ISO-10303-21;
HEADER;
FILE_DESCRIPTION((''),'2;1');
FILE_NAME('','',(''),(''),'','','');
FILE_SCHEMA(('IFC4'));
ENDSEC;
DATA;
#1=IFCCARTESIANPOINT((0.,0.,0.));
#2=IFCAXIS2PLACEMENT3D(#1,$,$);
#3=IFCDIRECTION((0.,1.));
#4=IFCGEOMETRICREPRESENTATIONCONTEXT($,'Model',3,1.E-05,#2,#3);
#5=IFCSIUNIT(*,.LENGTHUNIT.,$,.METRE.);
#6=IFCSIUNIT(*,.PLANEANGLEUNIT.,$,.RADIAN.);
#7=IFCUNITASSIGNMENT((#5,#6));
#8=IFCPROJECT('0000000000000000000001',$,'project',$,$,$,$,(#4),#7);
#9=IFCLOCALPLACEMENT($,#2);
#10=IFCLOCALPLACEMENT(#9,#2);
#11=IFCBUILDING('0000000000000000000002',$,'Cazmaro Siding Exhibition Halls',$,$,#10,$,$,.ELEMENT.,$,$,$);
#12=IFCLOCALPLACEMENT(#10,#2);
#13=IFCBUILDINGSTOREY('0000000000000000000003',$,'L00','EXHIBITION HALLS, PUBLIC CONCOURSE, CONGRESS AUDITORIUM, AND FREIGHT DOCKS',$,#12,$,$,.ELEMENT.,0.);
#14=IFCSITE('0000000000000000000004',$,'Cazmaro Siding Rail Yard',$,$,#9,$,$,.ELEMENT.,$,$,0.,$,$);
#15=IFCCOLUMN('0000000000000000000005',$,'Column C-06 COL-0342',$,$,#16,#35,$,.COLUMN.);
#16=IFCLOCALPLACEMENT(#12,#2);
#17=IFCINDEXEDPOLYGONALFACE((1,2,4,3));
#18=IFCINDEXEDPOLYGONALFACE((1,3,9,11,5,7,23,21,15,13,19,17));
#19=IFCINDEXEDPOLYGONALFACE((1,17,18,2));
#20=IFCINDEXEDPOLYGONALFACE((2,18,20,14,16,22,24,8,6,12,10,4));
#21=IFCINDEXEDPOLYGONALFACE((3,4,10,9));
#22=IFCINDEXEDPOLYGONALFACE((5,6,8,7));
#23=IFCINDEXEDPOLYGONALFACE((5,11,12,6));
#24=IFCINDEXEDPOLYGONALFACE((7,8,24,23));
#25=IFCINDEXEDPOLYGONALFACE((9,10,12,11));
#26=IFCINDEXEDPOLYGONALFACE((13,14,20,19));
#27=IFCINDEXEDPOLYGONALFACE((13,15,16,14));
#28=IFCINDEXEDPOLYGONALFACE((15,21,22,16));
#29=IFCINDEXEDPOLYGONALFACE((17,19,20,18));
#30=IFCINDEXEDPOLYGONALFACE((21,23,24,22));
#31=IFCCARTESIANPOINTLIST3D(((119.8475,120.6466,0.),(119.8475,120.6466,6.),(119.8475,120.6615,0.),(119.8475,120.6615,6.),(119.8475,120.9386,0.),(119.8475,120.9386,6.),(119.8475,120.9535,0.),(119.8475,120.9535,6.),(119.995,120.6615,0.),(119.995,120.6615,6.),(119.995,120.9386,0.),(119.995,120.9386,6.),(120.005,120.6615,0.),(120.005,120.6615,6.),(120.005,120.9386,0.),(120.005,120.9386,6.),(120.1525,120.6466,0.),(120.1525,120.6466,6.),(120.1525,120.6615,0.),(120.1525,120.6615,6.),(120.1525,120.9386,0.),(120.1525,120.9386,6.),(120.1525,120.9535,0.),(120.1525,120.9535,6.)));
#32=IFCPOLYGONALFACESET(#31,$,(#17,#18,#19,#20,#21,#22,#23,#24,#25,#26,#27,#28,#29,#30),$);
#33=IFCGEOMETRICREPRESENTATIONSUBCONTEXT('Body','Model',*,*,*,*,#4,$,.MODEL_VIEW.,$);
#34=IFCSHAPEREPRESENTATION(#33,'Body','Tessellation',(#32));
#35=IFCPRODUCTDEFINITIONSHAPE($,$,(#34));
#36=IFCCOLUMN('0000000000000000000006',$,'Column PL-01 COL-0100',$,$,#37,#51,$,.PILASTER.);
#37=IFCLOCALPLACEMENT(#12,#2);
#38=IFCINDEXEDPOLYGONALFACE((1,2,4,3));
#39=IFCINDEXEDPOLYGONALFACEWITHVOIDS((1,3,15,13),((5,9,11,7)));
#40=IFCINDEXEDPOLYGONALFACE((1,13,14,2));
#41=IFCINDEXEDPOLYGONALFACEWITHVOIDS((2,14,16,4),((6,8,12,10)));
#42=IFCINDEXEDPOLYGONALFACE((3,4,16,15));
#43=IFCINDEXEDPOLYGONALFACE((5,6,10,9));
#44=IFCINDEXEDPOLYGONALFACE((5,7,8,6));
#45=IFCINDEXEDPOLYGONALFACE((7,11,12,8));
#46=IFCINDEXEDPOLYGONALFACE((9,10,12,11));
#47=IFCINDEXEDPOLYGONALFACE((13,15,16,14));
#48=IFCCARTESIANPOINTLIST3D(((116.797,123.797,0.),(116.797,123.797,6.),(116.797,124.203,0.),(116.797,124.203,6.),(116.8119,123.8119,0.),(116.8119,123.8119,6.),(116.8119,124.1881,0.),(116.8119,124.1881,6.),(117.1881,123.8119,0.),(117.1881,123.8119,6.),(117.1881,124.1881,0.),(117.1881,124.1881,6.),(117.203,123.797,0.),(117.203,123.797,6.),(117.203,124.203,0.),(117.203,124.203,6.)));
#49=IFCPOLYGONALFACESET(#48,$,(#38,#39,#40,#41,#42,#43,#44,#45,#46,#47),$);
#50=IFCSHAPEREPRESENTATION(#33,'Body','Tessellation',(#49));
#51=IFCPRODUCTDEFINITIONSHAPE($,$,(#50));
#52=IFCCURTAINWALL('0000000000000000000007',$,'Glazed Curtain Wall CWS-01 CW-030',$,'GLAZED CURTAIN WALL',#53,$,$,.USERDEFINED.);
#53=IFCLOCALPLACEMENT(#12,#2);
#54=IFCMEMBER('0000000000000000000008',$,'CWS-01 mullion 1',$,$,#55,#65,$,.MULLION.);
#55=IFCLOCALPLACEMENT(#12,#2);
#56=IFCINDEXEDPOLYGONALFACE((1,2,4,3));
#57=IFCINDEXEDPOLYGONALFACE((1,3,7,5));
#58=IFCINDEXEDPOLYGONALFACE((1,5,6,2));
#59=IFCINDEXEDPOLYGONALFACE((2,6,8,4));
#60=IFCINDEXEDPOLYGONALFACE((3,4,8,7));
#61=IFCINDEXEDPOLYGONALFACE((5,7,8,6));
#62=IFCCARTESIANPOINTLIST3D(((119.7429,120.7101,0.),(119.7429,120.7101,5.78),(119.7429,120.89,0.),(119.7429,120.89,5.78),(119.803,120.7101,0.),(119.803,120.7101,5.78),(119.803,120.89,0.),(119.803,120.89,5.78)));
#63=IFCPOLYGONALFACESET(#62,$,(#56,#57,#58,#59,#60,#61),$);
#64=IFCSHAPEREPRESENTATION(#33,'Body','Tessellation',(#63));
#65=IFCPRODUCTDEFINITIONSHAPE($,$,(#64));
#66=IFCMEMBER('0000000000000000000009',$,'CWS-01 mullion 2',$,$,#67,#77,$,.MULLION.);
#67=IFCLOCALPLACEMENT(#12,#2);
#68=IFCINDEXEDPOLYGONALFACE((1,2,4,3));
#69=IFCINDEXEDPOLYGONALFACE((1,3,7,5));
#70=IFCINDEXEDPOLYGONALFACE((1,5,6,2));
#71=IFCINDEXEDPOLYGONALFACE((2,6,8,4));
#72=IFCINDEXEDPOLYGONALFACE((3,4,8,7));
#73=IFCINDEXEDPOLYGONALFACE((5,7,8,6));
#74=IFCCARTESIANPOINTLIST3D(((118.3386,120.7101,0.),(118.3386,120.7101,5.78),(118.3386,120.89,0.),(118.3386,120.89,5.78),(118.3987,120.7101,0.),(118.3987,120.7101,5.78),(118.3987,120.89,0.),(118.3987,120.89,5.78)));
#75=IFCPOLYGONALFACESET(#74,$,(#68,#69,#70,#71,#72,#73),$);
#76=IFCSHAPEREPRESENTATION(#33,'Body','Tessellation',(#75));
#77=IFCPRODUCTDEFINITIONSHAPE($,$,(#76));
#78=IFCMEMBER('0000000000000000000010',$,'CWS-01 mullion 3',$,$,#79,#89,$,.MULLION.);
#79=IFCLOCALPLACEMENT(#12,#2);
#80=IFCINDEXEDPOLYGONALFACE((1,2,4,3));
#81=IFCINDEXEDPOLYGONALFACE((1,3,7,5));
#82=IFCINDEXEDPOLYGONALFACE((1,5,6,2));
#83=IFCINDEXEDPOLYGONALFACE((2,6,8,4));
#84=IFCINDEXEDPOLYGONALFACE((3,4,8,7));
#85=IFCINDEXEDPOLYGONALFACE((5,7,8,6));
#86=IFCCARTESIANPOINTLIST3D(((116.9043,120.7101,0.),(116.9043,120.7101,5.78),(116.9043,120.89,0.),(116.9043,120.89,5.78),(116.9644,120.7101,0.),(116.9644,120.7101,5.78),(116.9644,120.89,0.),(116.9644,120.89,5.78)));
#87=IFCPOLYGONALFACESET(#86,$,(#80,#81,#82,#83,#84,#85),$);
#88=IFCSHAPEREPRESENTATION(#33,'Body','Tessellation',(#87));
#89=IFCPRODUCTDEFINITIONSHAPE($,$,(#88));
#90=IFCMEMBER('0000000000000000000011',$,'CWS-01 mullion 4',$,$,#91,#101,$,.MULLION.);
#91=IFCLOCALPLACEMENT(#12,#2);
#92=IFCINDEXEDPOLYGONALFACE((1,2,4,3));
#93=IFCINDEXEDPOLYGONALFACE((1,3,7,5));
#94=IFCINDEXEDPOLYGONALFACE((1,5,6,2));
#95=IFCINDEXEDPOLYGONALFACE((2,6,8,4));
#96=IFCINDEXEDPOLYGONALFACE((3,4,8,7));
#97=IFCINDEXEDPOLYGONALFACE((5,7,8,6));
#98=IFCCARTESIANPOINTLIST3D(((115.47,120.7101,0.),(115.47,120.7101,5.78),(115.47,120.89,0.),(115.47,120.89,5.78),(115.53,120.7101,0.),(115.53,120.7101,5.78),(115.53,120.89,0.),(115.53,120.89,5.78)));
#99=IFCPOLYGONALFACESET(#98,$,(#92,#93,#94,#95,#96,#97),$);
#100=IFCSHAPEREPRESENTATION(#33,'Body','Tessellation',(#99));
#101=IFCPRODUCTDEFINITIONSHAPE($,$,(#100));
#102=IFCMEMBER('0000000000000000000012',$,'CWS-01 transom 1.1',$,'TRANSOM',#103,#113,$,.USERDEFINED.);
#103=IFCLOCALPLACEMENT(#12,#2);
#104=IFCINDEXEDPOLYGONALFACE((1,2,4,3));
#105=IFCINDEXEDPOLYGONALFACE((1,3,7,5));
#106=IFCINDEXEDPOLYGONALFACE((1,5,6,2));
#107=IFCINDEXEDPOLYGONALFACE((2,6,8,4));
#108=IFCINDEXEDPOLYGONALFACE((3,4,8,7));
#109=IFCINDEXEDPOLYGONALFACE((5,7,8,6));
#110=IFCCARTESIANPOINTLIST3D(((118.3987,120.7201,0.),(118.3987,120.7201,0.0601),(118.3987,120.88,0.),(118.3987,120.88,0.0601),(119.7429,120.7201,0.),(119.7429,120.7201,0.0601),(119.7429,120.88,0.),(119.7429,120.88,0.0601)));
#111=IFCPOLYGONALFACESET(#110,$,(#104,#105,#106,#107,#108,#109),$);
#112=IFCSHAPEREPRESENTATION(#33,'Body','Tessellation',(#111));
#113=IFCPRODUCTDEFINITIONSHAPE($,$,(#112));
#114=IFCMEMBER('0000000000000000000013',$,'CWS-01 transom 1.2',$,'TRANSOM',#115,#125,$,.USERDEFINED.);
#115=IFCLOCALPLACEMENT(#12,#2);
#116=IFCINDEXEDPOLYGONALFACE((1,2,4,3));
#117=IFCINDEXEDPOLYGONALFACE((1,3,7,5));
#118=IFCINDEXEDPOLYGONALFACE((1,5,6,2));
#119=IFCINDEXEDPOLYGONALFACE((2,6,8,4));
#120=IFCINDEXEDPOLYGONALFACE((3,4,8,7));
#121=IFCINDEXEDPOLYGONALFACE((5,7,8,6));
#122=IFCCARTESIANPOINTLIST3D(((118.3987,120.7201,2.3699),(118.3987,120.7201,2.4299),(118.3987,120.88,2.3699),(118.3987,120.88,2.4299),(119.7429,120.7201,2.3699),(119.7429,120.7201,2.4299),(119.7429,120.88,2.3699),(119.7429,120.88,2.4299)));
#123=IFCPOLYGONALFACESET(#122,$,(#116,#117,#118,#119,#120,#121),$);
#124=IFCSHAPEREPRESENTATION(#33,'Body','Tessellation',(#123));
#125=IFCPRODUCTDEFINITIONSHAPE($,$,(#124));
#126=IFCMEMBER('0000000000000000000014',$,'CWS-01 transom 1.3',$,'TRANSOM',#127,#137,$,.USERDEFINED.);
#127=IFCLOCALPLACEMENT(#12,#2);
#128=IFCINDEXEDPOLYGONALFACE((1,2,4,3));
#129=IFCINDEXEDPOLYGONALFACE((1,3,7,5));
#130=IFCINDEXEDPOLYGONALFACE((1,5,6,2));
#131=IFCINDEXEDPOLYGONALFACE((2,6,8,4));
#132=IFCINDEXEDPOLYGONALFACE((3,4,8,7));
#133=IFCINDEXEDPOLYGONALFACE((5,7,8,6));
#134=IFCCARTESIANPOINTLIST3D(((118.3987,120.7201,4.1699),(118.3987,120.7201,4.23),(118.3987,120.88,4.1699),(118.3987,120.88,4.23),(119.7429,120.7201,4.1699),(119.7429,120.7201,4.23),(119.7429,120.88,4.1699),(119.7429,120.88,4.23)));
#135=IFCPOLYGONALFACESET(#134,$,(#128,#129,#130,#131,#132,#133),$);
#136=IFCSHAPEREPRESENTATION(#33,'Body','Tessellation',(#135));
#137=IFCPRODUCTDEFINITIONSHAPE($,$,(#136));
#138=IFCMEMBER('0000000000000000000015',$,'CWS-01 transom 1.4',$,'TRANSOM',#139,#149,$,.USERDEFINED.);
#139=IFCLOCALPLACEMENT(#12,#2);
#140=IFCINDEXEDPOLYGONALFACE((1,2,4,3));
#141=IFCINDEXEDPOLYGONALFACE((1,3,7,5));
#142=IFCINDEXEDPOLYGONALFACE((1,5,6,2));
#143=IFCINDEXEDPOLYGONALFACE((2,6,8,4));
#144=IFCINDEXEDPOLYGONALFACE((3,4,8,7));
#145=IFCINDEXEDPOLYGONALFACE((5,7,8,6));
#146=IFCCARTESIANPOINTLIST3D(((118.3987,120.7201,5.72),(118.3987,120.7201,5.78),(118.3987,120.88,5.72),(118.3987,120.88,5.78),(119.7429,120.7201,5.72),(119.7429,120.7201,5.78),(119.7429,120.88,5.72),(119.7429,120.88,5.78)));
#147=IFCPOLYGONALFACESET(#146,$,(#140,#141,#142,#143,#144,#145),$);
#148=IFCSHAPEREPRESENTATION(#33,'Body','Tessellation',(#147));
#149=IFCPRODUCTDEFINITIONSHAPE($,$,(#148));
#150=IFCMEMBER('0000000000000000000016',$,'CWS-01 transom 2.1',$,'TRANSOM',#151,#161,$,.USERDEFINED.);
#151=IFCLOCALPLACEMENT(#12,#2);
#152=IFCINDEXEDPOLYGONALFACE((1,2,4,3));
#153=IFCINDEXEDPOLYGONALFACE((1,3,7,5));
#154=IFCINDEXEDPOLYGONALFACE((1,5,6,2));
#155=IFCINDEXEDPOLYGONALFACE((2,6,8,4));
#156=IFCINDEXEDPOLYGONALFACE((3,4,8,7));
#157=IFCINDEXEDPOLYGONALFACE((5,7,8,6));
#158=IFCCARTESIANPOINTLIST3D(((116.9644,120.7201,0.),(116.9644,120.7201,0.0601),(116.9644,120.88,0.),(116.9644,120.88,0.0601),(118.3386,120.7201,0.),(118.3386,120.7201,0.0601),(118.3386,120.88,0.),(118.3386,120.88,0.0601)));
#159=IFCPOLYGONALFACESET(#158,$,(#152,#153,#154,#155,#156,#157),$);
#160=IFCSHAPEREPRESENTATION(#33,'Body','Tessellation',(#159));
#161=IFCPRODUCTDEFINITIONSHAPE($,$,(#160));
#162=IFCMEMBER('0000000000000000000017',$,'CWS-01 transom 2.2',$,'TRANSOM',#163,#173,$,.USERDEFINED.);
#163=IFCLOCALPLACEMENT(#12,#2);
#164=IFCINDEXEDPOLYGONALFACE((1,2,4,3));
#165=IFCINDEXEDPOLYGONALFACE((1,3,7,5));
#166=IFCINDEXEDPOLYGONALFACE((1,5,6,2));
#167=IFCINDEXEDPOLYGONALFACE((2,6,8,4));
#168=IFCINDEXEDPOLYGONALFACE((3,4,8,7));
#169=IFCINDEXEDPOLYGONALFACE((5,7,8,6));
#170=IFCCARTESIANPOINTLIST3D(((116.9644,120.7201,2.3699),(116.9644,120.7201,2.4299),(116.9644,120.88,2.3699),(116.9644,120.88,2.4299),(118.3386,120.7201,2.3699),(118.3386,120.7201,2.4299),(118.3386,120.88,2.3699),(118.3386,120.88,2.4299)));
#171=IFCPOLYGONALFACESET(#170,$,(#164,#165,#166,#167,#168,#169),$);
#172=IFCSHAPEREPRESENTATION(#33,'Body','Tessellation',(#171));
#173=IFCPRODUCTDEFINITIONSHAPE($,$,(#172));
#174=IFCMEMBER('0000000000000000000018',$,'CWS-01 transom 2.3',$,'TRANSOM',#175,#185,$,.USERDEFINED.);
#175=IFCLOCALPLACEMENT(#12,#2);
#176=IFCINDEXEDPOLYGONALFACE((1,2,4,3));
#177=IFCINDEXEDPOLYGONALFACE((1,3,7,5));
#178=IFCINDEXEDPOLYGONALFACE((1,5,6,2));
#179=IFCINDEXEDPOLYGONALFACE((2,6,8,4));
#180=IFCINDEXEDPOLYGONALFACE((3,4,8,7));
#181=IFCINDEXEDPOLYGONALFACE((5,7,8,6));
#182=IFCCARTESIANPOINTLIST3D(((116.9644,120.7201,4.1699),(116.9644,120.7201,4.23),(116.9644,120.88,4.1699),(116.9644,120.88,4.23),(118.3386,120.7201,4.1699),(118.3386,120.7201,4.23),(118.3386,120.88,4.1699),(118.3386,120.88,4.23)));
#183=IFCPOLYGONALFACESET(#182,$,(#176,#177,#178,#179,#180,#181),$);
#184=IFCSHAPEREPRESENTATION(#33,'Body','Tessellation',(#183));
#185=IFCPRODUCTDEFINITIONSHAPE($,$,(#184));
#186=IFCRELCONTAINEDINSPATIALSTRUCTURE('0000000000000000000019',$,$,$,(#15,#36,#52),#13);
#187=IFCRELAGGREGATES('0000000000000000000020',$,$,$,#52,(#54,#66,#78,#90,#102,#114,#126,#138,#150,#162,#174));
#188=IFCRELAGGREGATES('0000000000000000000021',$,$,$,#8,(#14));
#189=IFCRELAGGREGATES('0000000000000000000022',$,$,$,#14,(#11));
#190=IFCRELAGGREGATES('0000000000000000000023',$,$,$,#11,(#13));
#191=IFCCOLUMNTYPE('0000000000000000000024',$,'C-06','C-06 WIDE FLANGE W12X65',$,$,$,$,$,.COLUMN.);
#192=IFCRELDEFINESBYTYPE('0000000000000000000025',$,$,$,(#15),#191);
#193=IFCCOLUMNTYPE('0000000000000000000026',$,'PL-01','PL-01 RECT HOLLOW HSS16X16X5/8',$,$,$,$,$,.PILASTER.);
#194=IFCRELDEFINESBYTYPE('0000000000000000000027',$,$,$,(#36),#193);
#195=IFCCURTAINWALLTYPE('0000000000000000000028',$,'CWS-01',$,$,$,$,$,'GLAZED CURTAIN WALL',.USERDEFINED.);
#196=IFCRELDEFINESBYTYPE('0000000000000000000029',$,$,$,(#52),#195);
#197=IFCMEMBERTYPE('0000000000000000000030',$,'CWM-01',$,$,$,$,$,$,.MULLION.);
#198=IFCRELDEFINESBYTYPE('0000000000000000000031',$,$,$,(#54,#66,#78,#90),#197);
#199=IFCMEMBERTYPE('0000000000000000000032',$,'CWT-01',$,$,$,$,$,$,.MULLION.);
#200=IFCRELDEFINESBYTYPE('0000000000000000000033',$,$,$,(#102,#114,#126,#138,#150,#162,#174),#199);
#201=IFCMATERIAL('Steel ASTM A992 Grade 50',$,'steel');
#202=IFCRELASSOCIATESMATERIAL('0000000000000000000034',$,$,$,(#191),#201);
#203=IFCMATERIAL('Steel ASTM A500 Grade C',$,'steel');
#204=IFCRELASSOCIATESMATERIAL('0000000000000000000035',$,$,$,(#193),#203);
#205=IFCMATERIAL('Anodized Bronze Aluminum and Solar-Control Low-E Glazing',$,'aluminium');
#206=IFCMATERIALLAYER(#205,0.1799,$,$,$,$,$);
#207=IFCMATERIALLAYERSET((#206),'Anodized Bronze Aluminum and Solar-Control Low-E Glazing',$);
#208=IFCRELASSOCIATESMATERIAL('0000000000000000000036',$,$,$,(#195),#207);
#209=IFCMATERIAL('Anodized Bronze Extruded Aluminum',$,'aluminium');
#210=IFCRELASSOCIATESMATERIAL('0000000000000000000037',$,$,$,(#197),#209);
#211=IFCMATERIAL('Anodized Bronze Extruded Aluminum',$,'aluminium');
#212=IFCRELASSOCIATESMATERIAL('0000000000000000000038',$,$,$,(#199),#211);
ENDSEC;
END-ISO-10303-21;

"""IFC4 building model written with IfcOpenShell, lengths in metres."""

from ifc_helpers import new_model, si_unit, direction, frame, origin, origin_2d, place, context, subcontext, project, spatial, rectangle, hollow_rectangle, i_section, extrude, material, layer, layer_set, material_profile, profile_set, type_object, element, aggregate, save


model = new_model("IFC4")

# Units and contexts
model_context = context("Model", 3, precision=1e-05, world=origin(), true_north=direction((0.0, 1.0)))
body_context = subcontext(model_context, "Body", "Model", "MODEL_VIEW")
ifc_project = project(units=[si_unit("LENGTHUNIT", "METRE"), si_unit("PLANEANGLEUNIT", "RADIAN")], contexts=[model_context])

# Site, building, storey
site_placement = place(None, origin())
site = spatial("IfcSite", under=ifc_project, at=site_placement, Name="Cazmaro Siding Rail Yard", CompositionType="ELEMENT", RefElevation=0.0)
building_placement = place(site_placement, origin())
building = spatial("IfcBuilding", under=site, at=building_placement, Name="Cazmaro Siding Exhibition Halls", CompositionType="ELEMENT")
storey_placement = place(building_placement, origin())
storey = spatial("IfcBuildingStorey", under=building, at=storey_placement, Name="L00", Description="EXHIBITION HALLS, PUBLIC CONCOURSE, CONGRESS AUDITORIUM, AND FREIGHT DOCKS", CompositionType="ELEMENT", Elevation=0.0)

# Columns
ifc_material_1 = material(Name="Steel ASTM A992 Grade 50", Category="steel")
ifc_material_profile_1 = material_profile(ifc_material_1, i_section(OverallWidth=0.3049, OverallDepth=0.3069, WebThickness=0.01, FlangeThickness=0.0149, at=origin_2d()), Name="W12X65")
ifc_profile_set_1 = profile_set([ifc_material_profile_1], Name="Steel ASTM A992 Grade 50")
column_type_1 = type_object("IfcColumnType", Name="C-06", Description="C-06 WIDE FLANGE W12X65", PredefinedType="COLUMN", material=ifc_profile_set_1)
column_1_placement = place(storey_placement, frame((120.0, 120.8, 0.0), z_axis=(0.0, 0.0, 1.0), x_axis=(1.0, 0.0, 0.0)))
element("IfcColumn", 1, at=column_1_placement, inside=storey, type_object=column_type_1, Name="Column C-06 COL-0342", PredefinedType="COLUMN", context=body_context, shape_type="SweptSolid", body=[
    extrude(i_section(OverallWidth=0.3049, OverallDepth=0.3069, WebThickness=0.01, FlangeThickness=0.0149, at=origin_2d()), origin(), (0.0, 0.0, 1.0), 6.0),
])
ifc_material_2 = material(Name="Steel ASTM A500 Grade C", Category="steel")
ifc_material_profile_2 = material_profile(ifc_material_2, hollow_rectangle(XDim=0.406, YDim=0.406, WallThickness=0.0149, at=origin_2d()), Name="HSS16X16X5/8")
ifc_profile_set_2 = profile_set([ifc_material_profile_2], Name="Steel ASTM A500 Grade C")
column_type_2 = type_object("IfcColumnType", Name="PL-01", Description="PL-01 RECT HOLLOW HSS16X16X5/8", PredefinedType="PILASTER", material=ifc_profile_set_2)
column_2_placement = place(storey_placement, frame((117.0, 124.0, 0.0), z_axis=(0.0, 0.0, 1.0), x_axis=(1.0, 0.0, 0.0)))
element("IfcColumn", 2, at=column_2_placement, inside=storey, type_object=column_type_2, Name="Column PL-01 COL-0100", PredefinedType="PILASTER", context=body_context, shape_type="SweptSolid", body=[
    extrude(hollow_rectangle(XDim=0.406, YDim=0.406, WallThickness=0.0149, at=origin_2d()), origin(), (0.0, 0.0, 1.0), 6.0),
])

# Curtain wall, members
ifc_material_3 = material(Name="Anodized Bronze Aluminum and Solar-Control Low-E Glazing", Category="aluminium")
ifc_layer_1 = layer(ifc_material_3, 0.1799)
ifc_layer_set_1 = layer_set([ifc_layer_1], Name="Anodized Bronze Aluminum and Solar-Control Low-E Glazing")
curtain_wall_type = type_object("IfcCurtainWallType", Name="CWS-01", ElementType="GLAZED CURTAIN WALL", PredefinedType="USERDEFINED", material=ifc_layer_set_1)
curtain_wall_placement = place(storey_placement, origin())
curtain_wall = element("IfcCurtainWall", 3, at=curtain_wall_placement, inside=storey, type_object=curtain_wall_type, Name="Glazed Curtain Wall CWS-01 CW-030", ObjectType="GLAZED CURTAIN WALL", PredefinedType="USERDEFINED")
ifc_material_4 = material(Name="Anodized Bronze Extruded Aluminum", Category="aluminium")
ifc_material_profile_3 = material_profile(ifc_material_4, rectangle(XDim=0.1799, YDim=0.0601, at=origin_2d()), Name="CWM-01")
ifc_profile_set_3 = profile_set([ifc_material_profile_3], Name="Anodized Bronze Extruded Aluminum")
member_type_1 = type_object("IfcMemberType", Name="CWM-01", PredefinedType="MULLION", material=ifc_profile_set_3)
member_1_placement = place(storey_placement, frame((119.7729, 120.8, 0.0), z_axis=(0.0, 0.0, 1.0), x_axis=(0.0, -1.0, 0.0)))
member_1 = element("IfcMember", 4, at=member_1_placement, type_object=member_type_1, Name="CWS-01 mullion 1", PredefinedType="MULLION", context=body_context, shape_type="SweptSolid", body=[
    extrude(rectangle(XDim=0.1799, YDim=0.0601, at=origin_2d()), origin(), (0.0, 0.0, 1.0), 5.78),
])
member_2_placement = place(storey_placement, frame((118.3687, 120.8, 0.0), z_axis=(0.0, 0.0, 1.0), x_axis=(0.0, -1.0, 0.0)))
member_2 = element("IfcMember", 5, at=member_2_placement, type_object=member_type_1, Name="CWS-01 mullion 2", PredefinedType="MULLION", context=body_context, shape_type="SweptSolid", body=[
    extrude(rectangle(XDim=0.1799, YDim=0.0601, at=origin_2d()), origin(), (0.0, 0.0, 1.0), 5.78),
])
member_3_placement = place(storey_placement, frame((116.9343, 120.8, 0.0), z_axis=(0.0, 0.0, 1.0), x_axis=(0.0, -1.0, 0.0)))
member_3 = element("IfcMember", 6, at=member_3_placement, type_object=member_type_1, Name="CWS-01 mullion 3", PredefinedType="MULLION", context=body_context, shape_type="SweptSolid", body=[
    extrude(rectangle(XDim=0.1799, YDim=0.0601, at=origin_2d()), origin(), (0.0, 0.0, 1.0), 5.78),
])
member_4_placement = place(storey_placement, frame((115.5, 120.8, 0.0), z_axis=(0.0, 0.0, 1.0), x_axis=(0.0, -1.0, 0.0)))
member_4 = element("IfcMember", 7, at=member_4_placement, type_object=member_type_1, Name="CWS-01 mullion 4", PredefinedType="MULLION", context=body_context, shape_type="SweptSolid", body=[
    extrude(rectangle(XDim=0.1799, YDim=0.0601, at=origin_2d()), origin(), (0.0, 0.0, 1.0), 5.78),
])
ifc_material_5 = material(Name="Anodized Bronze Extruded Aluminum", Category="aluminium")
ifc_material_profile_4 = material_profile(ifc_material_5, rectangle(XDim=0.1599, YDim=0.0601, at=origin_2d()), Name="CWT-01")
ifc_profile_set_4 = profile_set([ifc_material_profile_4], Name="Anodized Bronze Extruded Aluminum")
member_type_2 = type_object("IfcMemberType", Name="CWT-01", PredefinedType="MULLION", material=ifc_profile_set_4)
member_5_placement = place(storey_placement, frame((119.7429, 120.8, 0.03), z_axis=(-1.0, 0.0, 0.0), x_axis=(0.0, -1.0, 0.0)))
member_5 = element("IfcMember", 8, at=member_5_placement, type_object=member_type_2, Name="CWS-01 transom 1.1", ObjectType="TRANSOM", PredefinedType="USERDEFINED", context=body_context, shape_type="SweptSolid", body=[
    extrude(rectangle(XDim=0.1599, YDim=0.0601, at=origin_2d()), origin(), (0.0, 0.0, 1.0), 1.3442),
])
member_6_placement = place(storey_placement, frame((119.7429, 120.8, 2.3999), z_axis=(-1.0, 0.0, 0.0), x_axis=(0.0, -1.0, 0.0)))
member_6 = element("IfcMember", 9, at=member_6_placement, type_object=member_type_2, Name="CWS-01 transom 1.2", ObjectType="TRANSOM", PredefinedType="USERDEFINED", context=body_context, shape_type="SweptSolid", body=[
    extrude(rectangle(XDim=0.1599, YDim=0.0601, at=origin_2d()), origin(), (0.0, 0.0, 1.0), 1.3442),
])
member_7_placement = place(storey_placement, frame((119.7429, 120.8, 4.2), z_axis=(-1.0, 0.0, 0.0), x_axis=(0.0, -1.0, 0.0)))
member_7 = element("IfcMember", 10, at=member_7_placement, type_object=member_type_2, Name="CWS-01 transom 1.3", ObjectType="TRANSOM", PredefinedType="USERDEFINED", context=body_context, shape_type="SweptSolid", body=[
    extrude(rectangle(XDim=0.1599, YDim=0.0601, at=origin_2d()), origin(), (0.0, 0.0, 1.0), 1.3442),
])
member_8_placement = place(storey_placement, frame((119.7429, 120.8, 5.75), z_axis=(-1.0, 0.0, 0.0), x_axis=(0.0, -1.0, 0.0)))
member_8 = element("IfcMember", 11, at=member_8_placement, type_object=member_type_2, Name="CWS-01 transom 1.4", ObjectType="TRANSOM", PredefinedType="USERDEFINED", context=body_context, shape_type="SweptSolid", body=[
    extrude(rectangle(XDim=0.1599, YDim=0.0601, at=origin_2d()), origin(), (0.0, 0.0, 1.0), 1.3442),
])
member_9_placement = place(storey_placement, frame((118.3386, 120.8, 0.03), z_axis=(-1.0, 0.0, 0.0), x_axis=(0.0, -1.0, 0.0)))
member_9 = element("IfcMember", 12, at=member_9_placement, type_object=member_type_2, Name="CWS-01 transom 2.1", ObjectType="TRANSOM", PredefinedType="USERDEFINED", context=body_context, shape_type="SweptSolid", body=[
    extrude(rectangle(XDim=0.1599, YDim=0.0601, at=origin_2d()), origin(), (0.0, 0.0, 1.0), 1.3743),
])
member_10_placement = place(storey_placement, frame((118.3386, 120.8, 2.3999), z_axis=(-1.0, 0.0, 0.0), x_axis=(0.0, -1.0, 0.0)))
member_10 = element("IfcMember", 13, at=member_10_placement, type_object=member_type_2, Name="CWS-01 transom 2.2", ObjectType="TRANSOM", PredefinedType="USERDEFINED", context=body_context, shape_type="SweptSolid", body=[
    extrude(rectangle(XDim=0.1599, YDim=0.0601, at=origin_2d()), origin(), (0.0, 0.0, 1.0), 1.3743),
])
member_11_placement = place(storey_placement, frame((118.3386, 120.8, 4.2), z_axis=(-1.0, 0.0, 0.0), x_axis=(0.0, -1.0, 0.0)))
member_11 = element("IfcMember", 14, at=member_11_placement, type_object=member_type_2, Name="CWS-01 transom 2.3", ObjectType="TRANSOM", PredefinedType="USERDEFINED", context=body_context, shape_type="SweptSolid", body=[
    extrude(rectangle(XDim=0.1599, YDim=0.0601, at=origin_2d()), origin(), (0.0, 0.0, 1.0), 1.3743),
])
aggregate(curtain_wall, [member_1, member_2, member_3, member_4, member_5, member_6, member_7, member_8, member_9, member_10, member_11])

save(model, "model.ifc")
